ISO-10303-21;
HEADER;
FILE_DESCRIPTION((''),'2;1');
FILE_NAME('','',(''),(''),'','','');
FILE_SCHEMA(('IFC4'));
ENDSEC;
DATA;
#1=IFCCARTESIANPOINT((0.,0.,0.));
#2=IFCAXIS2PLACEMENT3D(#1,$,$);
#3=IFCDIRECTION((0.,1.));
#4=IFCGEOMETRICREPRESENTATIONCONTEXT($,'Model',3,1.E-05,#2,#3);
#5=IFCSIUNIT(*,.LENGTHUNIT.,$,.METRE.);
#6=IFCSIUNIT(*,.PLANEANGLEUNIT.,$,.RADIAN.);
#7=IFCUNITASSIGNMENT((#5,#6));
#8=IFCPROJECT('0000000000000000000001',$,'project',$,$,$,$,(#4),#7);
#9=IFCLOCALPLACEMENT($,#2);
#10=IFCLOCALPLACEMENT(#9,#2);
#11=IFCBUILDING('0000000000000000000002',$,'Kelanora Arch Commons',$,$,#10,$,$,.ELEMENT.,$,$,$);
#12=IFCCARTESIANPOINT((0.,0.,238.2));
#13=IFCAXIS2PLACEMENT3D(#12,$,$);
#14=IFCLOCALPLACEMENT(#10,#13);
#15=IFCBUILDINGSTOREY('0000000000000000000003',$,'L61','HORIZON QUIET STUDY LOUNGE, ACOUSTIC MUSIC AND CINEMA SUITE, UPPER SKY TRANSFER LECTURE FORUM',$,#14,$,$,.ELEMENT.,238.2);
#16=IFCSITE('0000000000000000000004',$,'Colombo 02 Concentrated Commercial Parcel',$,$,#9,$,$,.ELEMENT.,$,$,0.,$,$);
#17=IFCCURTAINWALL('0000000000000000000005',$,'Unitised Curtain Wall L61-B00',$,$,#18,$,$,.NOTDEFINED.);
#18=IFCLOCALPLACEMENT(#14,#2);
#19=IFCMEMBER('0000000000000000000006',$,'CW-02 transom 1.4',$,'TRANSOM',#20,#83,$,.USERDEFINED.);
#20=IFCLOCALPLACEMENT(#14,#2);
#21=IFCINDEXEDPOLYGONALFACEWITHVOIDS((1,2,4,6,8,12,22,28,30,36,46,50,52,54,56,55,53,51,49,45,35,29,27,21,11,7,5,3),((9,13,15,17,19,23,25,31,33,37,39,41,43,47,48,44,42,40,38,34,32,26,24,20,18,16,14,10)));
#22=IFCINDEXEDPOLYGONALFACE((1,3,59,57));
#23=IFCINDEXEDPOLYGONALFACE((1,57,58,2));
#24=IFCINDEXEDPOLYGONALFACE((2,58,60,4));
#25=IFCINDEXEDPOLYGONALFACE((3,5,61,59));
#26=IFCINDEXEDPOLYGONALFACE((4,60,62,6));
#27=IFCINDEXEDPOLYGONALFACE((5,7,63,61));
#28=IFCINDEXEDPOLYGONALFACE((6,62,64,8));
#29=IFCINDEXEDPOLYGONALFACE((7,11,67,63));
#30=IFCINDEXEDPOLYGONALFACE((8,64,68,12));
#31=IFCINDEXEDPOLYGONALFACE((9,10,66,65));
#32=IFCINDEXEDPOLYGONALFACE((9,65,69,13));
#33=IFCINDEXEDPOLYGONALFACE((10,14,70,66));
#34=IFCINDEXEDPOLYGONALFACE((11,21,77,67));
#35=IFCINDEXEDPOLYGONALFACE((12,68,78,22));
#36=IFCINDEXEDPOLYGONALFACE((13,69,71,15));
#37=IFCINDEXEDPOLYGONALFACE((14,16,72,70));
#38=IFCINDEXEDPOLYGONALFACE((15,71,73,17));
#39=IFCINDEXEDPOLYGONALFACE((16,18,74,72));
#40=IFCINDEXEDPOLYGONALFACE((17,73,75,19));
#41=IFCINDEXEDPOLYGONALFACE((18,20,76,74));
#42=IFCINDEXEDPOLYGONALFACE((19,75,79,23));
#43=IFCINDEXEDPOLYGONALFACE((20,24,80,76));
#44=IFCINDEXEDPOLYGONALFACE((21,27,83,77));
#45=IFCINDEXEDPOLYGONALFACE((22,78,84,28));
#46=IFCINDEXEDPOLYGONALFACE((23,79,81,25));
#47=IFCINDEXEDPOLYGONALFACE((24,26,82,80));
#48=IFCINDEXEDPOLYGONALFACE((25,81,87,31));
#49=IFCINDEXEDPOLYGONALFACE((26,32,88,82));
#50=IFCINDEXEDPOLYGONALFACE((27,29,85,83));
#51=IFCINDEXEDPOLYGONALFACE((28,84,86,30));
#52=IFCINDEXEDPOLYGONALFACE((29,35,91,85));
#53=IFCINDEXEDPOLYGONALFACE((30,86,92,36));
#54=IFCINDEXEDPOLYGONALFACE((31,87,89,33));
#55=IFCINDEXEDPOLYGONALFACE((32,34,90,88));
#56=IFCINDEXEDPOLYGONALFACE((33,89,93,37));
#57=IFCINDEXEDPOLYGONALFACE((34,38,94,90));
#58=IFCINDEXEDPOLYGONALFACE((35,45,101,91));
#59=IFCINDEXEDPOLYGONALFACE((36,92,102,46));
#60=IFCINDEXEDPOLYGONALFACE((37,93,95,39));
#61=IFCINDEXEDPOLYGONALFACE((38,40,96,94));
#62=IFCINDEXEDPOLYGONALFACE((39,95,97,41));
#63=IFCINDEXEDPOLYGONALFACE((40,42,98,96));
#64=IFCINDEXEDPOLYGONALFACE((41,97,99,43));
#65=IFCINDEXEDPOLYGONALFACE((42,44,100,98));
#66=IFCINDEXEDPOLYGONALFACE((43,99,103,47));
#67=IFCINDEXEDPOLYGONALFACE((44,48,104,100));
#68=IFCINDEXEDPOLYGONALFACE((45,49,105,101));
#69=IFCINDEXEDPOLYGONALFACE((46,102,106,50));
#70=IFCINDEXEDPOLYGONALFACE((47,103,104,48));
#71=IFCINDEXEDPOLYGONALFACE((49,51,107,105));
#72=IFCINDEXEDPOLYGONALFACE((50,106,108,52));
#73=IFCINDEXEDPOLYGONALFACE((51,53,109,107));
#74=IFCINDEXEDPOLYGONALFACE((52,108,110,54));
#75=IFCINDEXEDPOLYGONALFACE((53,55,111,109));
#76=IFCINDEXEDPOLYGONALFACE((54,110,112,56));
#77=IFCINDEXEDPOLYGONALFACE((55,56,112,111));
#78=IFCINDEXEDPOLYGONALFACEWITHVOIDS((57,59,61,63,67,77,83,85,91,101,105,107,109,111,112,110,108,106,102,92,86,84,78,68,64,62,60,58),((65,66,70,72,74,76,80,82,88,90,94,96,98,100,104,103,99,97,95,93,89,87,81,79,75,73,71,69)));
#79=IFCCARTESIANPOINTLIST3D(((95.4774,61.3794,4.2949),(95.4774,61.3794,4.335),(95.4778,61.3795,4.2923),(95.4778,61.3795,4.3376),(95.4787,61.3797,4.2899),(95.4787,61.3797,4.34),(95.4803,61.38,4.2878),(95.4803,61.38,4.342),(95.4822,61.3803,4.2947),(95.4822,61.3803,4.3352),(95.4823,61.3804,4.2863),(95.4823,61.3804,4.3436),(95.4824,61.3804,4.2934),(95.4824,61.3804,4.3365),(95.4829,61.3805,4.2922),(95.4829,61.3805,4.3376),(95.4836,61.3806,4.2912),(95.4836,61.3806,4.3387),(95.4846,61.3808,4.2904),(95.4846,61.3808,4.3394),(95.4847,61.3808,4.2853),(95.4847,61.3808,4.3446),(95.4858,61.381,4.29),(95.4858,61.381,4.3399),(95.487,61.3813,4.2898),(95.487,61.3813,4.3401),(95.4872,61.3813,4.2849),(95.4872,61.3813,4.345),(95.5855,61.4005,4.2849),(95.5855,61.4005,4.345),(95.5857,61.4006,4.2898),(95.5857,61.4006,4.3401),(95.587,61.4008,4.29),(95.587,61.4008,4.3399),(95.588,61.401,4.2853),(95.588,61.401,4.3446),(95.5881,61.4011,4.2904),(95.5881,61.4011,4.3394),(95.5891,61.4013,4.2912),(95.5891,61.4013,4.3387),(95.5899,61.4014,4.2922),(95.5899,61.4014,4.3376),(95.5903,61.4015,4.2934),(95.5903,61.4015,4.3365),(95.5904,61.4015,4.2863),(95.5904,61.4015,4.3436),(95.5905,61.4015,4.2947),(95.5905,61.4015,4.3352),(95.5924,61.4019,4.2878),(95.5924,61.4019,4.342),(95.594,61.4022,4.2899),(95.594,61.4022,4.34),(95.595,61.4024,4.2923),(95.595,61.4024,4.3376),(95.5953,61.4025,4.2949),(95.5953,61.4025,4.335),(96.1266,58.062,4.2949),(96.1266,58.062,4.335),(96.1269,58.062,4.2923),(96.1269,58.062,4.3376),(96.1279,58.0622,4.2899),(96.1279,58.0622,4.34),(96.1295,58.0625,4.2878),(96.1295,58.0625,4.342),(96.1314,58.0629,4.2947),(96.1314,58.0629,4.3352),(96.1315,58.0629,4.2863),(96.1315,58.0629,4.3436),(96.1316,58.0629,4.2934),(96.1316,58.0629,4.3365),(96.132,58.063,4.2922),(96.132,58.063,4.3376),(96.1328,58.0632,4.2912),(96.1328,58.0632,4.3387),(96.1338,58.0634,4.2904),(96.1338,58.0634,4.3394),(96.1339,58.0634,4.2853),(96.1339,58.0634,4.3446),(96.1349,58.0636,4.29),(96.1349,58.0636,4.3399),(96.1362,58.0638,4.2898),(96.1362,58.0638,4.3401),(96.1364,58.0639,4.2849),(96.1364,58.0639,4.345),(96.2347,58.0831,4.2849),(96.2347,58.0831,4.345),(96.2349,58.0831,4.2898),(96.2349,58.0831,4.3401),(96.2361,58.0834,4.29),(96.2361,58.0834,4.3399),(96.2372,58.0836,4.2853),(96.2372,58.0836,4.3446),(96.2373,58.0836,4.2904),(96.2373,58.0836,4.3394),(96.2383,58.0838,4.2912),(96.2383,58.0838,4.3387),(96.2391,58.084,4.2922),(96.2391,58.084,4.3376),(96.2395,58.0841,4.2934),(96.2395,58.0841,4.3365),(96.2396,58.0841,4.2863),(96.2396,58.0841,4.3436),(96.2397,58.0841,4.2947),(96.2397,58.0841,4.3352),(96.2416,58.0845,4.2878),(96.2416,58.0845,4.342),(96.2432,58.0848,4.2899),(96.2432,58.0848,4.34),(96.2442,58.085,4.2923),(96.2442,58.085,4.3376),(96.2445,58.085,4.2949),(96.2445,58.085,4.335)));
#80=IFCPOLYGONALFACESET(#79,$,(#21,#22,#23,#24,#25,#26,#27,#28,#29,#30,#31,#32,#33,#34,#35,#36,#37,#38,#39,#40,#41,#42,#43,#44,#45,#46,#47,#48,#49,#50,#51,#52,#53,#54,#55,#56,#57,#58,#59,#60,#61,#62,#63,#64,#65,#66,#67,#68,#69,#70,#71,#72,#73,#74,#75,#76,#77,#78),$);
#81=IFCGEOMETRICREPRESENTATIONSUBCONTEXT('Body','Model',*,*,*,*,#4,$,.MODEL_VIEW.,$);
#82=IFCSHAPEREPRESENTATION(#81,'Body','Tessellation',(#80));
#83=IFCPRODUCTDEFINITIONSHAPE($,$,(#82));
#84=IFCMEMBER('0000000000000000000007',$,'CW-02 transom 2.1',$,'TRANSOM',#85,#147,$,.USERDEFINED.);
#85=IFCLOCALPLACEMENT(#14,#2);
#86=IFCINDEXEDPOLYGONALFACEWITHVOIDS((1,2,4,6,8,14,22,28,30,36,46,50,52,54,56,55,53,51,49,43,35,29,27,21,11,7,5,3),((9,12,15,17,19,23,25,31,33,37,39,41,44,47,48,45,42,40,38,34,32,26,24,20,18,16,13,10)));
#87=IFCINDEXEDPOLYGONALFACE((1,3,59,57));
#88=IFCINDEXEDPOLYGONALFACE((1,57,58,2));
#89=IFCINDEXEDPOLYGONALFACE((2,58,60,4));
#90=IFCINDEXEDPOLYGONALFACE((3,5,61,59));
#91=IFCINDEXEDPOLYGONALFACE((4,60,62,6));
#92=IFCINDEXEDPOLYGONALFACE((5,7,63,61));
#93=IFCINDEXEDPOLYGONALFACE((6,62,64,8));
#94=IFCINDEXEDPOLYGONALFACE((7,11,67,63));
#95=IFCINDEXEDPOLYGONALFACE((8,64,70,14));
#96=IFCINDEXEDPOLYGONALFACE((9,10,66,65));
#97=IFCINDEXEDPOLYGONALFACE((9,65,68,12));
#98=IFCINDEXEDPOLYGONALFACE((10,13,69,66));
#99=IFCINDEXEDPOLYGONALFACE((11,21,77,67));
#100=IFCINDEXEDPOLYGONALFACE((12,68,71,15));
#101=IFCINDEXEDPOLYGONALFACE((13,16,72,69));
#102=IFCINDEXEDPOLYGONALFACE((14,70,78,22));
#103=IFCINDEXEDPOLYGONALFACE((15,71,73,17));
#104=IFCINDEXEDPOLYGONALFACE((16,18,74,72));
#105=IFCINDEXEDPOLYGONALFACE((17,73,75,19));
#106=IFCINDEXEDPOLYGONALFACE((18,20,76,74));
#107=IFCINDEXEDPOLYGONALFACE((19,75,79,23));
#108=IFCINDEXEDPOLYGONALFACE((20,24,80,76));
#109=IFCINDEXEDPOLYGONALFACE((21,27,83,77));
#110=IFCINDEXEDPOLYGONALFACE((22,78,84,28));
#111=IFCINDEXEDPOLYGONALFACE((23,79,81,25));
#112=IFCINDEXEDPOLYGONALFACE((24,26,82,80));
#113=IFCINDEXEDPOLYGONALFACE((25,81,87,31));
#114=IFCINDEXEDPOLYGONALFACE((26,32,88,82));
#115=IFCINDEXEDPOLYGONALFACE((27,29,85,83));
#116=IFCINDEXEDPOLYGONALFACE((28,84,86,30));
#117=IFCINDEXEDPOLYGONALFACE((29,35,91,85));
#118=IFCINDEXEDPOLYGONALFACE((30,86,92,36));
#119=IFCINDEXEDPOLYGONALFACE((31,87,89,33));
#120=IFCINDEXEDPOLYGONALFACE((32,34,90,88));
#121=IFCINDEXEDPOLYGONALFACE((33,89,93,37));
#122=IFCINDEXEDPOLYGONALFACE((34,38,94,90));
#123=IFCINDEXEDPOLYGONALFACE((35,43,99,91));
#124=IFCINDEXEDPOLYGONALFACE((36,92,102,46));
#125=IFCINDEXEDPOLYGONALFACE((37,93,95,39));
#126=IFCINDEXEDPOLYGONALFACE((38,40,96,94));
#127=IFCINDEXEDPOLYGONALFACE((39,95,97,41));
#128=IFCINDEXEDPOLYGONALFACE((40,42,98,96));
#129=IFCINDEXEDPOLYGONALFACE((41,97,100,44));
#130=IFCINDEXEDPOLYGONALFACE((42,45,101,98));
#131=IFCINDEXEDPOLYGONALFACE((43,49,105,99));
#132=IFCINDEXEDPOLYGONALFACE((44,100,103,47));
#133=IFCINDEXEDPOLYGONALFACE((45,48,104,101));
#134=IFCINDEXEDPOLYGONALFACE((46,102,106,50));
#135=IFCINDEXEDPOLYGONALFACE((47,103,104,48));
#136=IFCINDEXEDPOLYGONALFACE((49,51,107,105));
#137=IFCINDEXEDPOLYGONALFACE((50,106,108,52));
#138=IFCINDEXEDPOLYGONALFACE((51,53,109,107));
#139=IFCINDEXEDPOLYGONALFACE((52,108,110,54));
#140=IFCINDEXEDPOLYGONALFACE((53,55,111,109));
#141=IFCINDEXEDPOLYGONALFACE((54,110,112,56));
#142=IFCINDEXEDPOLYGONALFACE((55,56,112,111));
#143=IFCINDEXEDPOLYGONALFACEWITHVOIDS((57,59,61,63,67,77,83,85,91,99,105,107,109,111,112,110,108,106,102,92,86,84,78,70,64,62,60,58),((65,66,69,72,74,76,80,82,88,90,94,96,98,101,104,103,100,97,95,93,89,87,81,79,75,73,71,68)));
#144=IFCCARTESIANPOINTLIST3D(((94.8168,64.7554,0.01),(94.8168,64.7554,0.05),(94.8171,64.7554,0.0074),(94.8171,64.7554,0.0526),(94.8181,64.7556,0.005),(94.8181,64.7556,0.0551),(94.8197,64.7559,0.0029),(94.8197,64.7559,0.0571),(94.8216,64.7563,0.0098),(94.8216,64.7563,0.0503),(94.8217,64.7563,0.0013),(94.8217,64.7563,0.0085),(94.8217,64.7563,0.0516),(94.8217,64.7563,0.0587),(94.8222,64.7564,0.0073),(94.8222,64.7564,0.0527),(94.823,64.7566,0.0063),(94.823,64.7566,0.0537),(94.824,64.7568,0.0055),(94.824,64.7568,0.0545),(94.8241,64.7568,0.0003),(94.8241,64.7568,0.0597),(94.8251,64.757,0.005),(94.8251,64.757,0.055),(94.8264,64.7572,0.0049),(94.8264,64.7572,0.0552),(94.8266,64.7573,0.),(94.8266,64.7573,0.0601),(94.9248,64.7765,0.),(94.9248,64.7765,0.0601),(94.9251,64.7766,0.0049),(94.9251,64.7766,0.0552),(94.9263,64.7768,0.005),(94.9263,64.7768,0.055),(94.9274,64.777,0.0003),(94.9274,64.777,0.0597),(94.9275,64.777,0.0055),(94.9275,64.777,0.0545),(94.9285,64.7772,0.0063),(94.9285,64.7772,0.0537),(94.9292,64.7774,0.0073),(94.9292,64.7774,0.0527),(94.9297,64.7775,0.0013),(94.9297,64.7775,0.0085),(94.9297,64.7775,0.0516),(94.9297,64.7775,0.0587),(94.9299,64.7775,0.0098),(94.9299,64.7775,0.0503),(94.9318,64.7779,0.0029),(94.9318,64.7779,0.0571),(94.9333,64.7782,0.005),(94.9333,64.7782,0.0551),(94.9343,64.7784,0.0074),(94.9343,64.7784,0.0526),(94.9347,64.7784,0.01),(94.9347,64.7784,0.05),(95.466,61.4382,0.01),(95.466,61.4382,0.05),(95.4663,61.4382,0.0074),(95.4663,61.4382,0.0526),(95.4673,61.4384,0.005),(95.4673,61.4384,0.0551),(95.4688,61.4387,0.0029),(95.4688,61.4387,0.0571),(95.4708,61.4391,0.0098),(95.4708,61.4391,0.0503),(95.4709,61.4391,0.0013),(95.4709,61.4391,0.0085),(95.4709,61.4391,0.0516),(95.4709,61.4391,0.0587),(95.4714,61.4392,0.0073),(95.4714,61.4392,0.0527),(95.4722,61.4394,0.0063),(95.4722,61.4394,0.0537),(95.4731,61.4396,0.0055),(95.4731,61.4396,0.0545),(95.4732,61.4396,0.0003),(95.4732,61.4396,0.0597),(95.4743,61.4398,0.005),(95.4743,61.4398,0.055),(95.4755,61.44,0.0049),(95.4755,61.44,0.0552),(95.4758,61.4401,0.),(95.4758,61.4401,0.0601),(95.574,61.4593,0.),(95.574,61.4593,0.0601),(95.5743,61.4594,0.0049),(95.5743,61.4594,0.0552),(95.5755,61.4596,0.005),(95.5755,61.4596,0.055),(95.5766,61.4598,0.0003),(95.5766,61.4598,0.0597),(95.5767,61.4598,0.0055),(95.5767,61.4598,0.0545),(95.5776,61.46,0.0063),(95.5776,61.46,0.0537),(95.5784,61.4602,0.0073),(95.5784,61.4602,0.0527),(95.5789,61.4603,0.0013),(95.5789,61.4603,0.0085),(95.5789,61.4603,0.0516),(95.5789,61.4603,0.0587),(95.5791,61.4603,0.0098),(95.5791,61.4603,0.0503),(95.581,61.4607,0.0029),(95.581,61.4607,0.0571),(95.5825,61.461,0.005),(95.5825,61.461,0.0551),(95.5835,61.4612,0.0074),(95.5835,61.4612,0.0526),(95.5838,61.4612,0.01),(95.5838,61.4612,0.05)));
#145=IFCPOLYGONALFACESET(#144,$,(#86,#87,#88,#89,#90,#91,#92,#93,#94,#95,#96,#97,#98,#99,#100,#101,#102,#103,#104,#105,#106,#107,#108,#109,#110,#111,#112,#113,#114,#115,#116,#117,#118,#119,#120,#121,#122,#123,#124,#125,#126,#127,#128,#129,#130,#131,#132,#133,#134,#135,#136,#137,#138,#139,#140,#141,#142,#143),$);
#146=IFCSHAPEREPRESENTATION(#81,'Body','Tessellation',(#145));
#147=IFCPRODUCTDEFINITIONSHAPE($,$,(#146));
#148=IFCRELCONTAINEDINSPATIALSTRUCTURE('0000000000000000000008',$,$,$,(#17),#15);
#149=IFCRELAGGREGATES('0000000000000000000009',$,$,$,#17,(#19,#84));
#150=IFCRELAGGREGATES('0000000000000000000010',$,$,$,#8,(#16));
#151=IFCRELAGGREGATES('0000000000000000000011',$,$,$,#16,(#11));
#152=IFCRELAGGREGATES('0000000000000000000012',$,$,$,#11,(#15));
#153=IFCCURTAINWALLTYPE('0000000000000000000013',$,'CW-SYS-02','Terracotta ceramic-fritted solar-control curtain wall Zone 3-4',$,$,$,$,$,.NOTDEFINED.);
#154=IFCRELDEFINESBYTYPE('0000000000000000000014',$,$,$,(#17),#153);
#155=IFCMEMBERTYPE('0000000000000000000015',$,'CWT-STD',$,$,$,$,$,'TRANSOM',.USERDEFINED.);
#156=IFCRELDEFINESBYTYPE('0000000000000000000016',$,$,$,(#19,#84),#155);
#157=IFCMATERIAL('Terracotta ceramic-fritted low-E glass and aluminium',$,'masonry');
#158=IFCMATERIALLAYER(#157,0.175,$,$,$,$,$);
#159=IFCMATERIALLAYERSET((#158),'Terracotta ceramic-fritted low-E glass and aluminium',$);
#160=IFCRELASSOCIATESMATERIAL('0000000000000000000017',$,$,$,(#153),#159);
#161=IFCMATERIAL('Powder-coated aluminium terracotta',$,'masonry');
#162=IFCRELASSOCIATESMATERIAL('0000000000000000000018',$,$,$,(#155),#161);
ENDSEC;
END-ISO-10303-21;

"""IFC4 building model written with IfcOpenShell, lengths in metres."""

from ifc_helpers import new_model, si_unit, direction, frame, origin, origin_2d, place, context, subcontext, project, spatial, hollow_rectangle, extrude, material, layer, layer_set, material_profile, profile_set, type_object, element, aggregate, save


model = new_model("IFC4")

# Units and contexts
model_context = context("Model", 3, precision=1e-05, world=origin(), true_north=direction((0.0, 1.0)))
body_context = subcontext(model_context, "Body", "Model", "MODEL_VIEW")
ifc_project = project(units=[si_unit("LENGTHUNIT", "METRE"), si_unit("PLANEANGLEUNIT", "RADIAN")], contexts=[model_context])

# Site, building, storey
site_placement = place(None, origin())
site = spatial("IfcSite", under=ifc_project, at=site_placement, Name="Colombo 02 Concentrated Commercial Parcel", CompositionType="ELEMENT", RefElevation=0.0)
building_placement = place(site_placement, origin())
building = spatial("IfcBuilding", under=site, at=building_placement, Name="Kelanora Arch Commons", CompositionType="ELEMENT")
storey_placement = place(building_placement, frame((0.0, 0.0, 238.2)))
storey = spatial("IfcBuildingStorey", under=building, at=storey_placement, Name="L61", Description="HORIZON QUIET STUDY LOUNGE, ACOUSTIC MUSIC AND CINEMA SUITE, UPPER SKY TRANSFER LECTURE FORUM", CompositionType="ELEMENT", Elevation=238.2)

# Curtain wall, members
ifc_material_1 = material(Name="Terracotta ceramic-fritted low-E glass and aluminium", Category="masonry")
ifc_layer_1 = layer(ifc_material_1, 0.175)
ifc_layer_set_1 = layer_set([ifc_layer_1], Name="Terracotta ceramic-fritted low-E glass and aluminium")
curtain_wall_type = type_object("IfcCurtainWallType", Name="CW-SYS-02", Description="Terracotta ceramic-fritted solar-control curtain wall Zone 3-4", PredefinedType="NOTDEFINED", material=ifc_layer_set_1)
curtain_wall_placement = place(storey_placement, origin())
curtain_wall = element("IfcCurtainWall", 1, at=curtain_wall_placement, inside=storey, type_object=curtain_wall_type, Name="Unitised Curtain Wall L61-B00", PredefinedType="NOTDEFINED")
ifc_material_2 = material(Name="Powder-coated aluminium terracotta", Category="masonry")
ifc_material_profile_1 = material_profile(ifc_material_2, hollow_rectangle(XDim=0.1201, YDim=0.0601, WallThickness=0.0049, InnerFilletRadius=0.0049, OuterFilletRadius=0.01, at=origin_2d()), Name="CWT120x60")
ifc_profile_set_1 = profile_set([ifc_material_profile_1], Name="Powder-coated aluminium terracotta")
member_type_1 = type_object("IfcMemberType", Name="CWT-STD", ElementType="TRANSOM", PredefinedType="USERDEFINED", material=ifc_profile_set_1)
member_1_placement = place(storey_placement, frame((96.1855, 58.0735, 4.3149), z_axis=(-0.192045, 0.981386, 0.0), x_axis=(-0.981386, -0.192045, 0.0)))
member_1 = element("IfcMember", 2, at=member_1_placement, type_object=member_type_1, Name="CW-02 transom 1.4", ObjectType="TRANSOM", PredefinedType="USERDEFINED", context=body_context, shape_type="SweptSolid", body=[
    extrude(hollow_rectangle(XDim=0.1201, YDim=0.0601, WallThickness=0.0049, InnerFilletRadius=0.0049, OuterFilletRadius=0.01, at=origin_2d()), origin(), (0.0, 0.0, 1.0), 3.3804),
])
member_2_placement = place(storey_placement, frame((95.5249, 61.4497, 0.03), z_axis=(-0.192058, 0.981383, 0.0), x_axis=(-0.981383, -0.192058, 0.0)))
member_2 = element("IfcMember", 3, at=member_2_placement, type_object=member_type_1, Name="CW-02 transom 2.1", ObjectType="TRANSOM", PredefinedType="USERDEFINED", context=body_context, shape_type="SweptSolid", body=[
    extrude(hollow_rectangle(XDim=0.1201, YDim=0.0601, WallThickness=0.0049, InnerFilletRadius=0.0049, OuterFilletRadius=0.01, at=origin_2d()), origin(), (0.0, 0.0, 1.0), 3.3801),
])
aggregate(curtain_wall, [member_1, member_2])

save(model, "model.ifc")
